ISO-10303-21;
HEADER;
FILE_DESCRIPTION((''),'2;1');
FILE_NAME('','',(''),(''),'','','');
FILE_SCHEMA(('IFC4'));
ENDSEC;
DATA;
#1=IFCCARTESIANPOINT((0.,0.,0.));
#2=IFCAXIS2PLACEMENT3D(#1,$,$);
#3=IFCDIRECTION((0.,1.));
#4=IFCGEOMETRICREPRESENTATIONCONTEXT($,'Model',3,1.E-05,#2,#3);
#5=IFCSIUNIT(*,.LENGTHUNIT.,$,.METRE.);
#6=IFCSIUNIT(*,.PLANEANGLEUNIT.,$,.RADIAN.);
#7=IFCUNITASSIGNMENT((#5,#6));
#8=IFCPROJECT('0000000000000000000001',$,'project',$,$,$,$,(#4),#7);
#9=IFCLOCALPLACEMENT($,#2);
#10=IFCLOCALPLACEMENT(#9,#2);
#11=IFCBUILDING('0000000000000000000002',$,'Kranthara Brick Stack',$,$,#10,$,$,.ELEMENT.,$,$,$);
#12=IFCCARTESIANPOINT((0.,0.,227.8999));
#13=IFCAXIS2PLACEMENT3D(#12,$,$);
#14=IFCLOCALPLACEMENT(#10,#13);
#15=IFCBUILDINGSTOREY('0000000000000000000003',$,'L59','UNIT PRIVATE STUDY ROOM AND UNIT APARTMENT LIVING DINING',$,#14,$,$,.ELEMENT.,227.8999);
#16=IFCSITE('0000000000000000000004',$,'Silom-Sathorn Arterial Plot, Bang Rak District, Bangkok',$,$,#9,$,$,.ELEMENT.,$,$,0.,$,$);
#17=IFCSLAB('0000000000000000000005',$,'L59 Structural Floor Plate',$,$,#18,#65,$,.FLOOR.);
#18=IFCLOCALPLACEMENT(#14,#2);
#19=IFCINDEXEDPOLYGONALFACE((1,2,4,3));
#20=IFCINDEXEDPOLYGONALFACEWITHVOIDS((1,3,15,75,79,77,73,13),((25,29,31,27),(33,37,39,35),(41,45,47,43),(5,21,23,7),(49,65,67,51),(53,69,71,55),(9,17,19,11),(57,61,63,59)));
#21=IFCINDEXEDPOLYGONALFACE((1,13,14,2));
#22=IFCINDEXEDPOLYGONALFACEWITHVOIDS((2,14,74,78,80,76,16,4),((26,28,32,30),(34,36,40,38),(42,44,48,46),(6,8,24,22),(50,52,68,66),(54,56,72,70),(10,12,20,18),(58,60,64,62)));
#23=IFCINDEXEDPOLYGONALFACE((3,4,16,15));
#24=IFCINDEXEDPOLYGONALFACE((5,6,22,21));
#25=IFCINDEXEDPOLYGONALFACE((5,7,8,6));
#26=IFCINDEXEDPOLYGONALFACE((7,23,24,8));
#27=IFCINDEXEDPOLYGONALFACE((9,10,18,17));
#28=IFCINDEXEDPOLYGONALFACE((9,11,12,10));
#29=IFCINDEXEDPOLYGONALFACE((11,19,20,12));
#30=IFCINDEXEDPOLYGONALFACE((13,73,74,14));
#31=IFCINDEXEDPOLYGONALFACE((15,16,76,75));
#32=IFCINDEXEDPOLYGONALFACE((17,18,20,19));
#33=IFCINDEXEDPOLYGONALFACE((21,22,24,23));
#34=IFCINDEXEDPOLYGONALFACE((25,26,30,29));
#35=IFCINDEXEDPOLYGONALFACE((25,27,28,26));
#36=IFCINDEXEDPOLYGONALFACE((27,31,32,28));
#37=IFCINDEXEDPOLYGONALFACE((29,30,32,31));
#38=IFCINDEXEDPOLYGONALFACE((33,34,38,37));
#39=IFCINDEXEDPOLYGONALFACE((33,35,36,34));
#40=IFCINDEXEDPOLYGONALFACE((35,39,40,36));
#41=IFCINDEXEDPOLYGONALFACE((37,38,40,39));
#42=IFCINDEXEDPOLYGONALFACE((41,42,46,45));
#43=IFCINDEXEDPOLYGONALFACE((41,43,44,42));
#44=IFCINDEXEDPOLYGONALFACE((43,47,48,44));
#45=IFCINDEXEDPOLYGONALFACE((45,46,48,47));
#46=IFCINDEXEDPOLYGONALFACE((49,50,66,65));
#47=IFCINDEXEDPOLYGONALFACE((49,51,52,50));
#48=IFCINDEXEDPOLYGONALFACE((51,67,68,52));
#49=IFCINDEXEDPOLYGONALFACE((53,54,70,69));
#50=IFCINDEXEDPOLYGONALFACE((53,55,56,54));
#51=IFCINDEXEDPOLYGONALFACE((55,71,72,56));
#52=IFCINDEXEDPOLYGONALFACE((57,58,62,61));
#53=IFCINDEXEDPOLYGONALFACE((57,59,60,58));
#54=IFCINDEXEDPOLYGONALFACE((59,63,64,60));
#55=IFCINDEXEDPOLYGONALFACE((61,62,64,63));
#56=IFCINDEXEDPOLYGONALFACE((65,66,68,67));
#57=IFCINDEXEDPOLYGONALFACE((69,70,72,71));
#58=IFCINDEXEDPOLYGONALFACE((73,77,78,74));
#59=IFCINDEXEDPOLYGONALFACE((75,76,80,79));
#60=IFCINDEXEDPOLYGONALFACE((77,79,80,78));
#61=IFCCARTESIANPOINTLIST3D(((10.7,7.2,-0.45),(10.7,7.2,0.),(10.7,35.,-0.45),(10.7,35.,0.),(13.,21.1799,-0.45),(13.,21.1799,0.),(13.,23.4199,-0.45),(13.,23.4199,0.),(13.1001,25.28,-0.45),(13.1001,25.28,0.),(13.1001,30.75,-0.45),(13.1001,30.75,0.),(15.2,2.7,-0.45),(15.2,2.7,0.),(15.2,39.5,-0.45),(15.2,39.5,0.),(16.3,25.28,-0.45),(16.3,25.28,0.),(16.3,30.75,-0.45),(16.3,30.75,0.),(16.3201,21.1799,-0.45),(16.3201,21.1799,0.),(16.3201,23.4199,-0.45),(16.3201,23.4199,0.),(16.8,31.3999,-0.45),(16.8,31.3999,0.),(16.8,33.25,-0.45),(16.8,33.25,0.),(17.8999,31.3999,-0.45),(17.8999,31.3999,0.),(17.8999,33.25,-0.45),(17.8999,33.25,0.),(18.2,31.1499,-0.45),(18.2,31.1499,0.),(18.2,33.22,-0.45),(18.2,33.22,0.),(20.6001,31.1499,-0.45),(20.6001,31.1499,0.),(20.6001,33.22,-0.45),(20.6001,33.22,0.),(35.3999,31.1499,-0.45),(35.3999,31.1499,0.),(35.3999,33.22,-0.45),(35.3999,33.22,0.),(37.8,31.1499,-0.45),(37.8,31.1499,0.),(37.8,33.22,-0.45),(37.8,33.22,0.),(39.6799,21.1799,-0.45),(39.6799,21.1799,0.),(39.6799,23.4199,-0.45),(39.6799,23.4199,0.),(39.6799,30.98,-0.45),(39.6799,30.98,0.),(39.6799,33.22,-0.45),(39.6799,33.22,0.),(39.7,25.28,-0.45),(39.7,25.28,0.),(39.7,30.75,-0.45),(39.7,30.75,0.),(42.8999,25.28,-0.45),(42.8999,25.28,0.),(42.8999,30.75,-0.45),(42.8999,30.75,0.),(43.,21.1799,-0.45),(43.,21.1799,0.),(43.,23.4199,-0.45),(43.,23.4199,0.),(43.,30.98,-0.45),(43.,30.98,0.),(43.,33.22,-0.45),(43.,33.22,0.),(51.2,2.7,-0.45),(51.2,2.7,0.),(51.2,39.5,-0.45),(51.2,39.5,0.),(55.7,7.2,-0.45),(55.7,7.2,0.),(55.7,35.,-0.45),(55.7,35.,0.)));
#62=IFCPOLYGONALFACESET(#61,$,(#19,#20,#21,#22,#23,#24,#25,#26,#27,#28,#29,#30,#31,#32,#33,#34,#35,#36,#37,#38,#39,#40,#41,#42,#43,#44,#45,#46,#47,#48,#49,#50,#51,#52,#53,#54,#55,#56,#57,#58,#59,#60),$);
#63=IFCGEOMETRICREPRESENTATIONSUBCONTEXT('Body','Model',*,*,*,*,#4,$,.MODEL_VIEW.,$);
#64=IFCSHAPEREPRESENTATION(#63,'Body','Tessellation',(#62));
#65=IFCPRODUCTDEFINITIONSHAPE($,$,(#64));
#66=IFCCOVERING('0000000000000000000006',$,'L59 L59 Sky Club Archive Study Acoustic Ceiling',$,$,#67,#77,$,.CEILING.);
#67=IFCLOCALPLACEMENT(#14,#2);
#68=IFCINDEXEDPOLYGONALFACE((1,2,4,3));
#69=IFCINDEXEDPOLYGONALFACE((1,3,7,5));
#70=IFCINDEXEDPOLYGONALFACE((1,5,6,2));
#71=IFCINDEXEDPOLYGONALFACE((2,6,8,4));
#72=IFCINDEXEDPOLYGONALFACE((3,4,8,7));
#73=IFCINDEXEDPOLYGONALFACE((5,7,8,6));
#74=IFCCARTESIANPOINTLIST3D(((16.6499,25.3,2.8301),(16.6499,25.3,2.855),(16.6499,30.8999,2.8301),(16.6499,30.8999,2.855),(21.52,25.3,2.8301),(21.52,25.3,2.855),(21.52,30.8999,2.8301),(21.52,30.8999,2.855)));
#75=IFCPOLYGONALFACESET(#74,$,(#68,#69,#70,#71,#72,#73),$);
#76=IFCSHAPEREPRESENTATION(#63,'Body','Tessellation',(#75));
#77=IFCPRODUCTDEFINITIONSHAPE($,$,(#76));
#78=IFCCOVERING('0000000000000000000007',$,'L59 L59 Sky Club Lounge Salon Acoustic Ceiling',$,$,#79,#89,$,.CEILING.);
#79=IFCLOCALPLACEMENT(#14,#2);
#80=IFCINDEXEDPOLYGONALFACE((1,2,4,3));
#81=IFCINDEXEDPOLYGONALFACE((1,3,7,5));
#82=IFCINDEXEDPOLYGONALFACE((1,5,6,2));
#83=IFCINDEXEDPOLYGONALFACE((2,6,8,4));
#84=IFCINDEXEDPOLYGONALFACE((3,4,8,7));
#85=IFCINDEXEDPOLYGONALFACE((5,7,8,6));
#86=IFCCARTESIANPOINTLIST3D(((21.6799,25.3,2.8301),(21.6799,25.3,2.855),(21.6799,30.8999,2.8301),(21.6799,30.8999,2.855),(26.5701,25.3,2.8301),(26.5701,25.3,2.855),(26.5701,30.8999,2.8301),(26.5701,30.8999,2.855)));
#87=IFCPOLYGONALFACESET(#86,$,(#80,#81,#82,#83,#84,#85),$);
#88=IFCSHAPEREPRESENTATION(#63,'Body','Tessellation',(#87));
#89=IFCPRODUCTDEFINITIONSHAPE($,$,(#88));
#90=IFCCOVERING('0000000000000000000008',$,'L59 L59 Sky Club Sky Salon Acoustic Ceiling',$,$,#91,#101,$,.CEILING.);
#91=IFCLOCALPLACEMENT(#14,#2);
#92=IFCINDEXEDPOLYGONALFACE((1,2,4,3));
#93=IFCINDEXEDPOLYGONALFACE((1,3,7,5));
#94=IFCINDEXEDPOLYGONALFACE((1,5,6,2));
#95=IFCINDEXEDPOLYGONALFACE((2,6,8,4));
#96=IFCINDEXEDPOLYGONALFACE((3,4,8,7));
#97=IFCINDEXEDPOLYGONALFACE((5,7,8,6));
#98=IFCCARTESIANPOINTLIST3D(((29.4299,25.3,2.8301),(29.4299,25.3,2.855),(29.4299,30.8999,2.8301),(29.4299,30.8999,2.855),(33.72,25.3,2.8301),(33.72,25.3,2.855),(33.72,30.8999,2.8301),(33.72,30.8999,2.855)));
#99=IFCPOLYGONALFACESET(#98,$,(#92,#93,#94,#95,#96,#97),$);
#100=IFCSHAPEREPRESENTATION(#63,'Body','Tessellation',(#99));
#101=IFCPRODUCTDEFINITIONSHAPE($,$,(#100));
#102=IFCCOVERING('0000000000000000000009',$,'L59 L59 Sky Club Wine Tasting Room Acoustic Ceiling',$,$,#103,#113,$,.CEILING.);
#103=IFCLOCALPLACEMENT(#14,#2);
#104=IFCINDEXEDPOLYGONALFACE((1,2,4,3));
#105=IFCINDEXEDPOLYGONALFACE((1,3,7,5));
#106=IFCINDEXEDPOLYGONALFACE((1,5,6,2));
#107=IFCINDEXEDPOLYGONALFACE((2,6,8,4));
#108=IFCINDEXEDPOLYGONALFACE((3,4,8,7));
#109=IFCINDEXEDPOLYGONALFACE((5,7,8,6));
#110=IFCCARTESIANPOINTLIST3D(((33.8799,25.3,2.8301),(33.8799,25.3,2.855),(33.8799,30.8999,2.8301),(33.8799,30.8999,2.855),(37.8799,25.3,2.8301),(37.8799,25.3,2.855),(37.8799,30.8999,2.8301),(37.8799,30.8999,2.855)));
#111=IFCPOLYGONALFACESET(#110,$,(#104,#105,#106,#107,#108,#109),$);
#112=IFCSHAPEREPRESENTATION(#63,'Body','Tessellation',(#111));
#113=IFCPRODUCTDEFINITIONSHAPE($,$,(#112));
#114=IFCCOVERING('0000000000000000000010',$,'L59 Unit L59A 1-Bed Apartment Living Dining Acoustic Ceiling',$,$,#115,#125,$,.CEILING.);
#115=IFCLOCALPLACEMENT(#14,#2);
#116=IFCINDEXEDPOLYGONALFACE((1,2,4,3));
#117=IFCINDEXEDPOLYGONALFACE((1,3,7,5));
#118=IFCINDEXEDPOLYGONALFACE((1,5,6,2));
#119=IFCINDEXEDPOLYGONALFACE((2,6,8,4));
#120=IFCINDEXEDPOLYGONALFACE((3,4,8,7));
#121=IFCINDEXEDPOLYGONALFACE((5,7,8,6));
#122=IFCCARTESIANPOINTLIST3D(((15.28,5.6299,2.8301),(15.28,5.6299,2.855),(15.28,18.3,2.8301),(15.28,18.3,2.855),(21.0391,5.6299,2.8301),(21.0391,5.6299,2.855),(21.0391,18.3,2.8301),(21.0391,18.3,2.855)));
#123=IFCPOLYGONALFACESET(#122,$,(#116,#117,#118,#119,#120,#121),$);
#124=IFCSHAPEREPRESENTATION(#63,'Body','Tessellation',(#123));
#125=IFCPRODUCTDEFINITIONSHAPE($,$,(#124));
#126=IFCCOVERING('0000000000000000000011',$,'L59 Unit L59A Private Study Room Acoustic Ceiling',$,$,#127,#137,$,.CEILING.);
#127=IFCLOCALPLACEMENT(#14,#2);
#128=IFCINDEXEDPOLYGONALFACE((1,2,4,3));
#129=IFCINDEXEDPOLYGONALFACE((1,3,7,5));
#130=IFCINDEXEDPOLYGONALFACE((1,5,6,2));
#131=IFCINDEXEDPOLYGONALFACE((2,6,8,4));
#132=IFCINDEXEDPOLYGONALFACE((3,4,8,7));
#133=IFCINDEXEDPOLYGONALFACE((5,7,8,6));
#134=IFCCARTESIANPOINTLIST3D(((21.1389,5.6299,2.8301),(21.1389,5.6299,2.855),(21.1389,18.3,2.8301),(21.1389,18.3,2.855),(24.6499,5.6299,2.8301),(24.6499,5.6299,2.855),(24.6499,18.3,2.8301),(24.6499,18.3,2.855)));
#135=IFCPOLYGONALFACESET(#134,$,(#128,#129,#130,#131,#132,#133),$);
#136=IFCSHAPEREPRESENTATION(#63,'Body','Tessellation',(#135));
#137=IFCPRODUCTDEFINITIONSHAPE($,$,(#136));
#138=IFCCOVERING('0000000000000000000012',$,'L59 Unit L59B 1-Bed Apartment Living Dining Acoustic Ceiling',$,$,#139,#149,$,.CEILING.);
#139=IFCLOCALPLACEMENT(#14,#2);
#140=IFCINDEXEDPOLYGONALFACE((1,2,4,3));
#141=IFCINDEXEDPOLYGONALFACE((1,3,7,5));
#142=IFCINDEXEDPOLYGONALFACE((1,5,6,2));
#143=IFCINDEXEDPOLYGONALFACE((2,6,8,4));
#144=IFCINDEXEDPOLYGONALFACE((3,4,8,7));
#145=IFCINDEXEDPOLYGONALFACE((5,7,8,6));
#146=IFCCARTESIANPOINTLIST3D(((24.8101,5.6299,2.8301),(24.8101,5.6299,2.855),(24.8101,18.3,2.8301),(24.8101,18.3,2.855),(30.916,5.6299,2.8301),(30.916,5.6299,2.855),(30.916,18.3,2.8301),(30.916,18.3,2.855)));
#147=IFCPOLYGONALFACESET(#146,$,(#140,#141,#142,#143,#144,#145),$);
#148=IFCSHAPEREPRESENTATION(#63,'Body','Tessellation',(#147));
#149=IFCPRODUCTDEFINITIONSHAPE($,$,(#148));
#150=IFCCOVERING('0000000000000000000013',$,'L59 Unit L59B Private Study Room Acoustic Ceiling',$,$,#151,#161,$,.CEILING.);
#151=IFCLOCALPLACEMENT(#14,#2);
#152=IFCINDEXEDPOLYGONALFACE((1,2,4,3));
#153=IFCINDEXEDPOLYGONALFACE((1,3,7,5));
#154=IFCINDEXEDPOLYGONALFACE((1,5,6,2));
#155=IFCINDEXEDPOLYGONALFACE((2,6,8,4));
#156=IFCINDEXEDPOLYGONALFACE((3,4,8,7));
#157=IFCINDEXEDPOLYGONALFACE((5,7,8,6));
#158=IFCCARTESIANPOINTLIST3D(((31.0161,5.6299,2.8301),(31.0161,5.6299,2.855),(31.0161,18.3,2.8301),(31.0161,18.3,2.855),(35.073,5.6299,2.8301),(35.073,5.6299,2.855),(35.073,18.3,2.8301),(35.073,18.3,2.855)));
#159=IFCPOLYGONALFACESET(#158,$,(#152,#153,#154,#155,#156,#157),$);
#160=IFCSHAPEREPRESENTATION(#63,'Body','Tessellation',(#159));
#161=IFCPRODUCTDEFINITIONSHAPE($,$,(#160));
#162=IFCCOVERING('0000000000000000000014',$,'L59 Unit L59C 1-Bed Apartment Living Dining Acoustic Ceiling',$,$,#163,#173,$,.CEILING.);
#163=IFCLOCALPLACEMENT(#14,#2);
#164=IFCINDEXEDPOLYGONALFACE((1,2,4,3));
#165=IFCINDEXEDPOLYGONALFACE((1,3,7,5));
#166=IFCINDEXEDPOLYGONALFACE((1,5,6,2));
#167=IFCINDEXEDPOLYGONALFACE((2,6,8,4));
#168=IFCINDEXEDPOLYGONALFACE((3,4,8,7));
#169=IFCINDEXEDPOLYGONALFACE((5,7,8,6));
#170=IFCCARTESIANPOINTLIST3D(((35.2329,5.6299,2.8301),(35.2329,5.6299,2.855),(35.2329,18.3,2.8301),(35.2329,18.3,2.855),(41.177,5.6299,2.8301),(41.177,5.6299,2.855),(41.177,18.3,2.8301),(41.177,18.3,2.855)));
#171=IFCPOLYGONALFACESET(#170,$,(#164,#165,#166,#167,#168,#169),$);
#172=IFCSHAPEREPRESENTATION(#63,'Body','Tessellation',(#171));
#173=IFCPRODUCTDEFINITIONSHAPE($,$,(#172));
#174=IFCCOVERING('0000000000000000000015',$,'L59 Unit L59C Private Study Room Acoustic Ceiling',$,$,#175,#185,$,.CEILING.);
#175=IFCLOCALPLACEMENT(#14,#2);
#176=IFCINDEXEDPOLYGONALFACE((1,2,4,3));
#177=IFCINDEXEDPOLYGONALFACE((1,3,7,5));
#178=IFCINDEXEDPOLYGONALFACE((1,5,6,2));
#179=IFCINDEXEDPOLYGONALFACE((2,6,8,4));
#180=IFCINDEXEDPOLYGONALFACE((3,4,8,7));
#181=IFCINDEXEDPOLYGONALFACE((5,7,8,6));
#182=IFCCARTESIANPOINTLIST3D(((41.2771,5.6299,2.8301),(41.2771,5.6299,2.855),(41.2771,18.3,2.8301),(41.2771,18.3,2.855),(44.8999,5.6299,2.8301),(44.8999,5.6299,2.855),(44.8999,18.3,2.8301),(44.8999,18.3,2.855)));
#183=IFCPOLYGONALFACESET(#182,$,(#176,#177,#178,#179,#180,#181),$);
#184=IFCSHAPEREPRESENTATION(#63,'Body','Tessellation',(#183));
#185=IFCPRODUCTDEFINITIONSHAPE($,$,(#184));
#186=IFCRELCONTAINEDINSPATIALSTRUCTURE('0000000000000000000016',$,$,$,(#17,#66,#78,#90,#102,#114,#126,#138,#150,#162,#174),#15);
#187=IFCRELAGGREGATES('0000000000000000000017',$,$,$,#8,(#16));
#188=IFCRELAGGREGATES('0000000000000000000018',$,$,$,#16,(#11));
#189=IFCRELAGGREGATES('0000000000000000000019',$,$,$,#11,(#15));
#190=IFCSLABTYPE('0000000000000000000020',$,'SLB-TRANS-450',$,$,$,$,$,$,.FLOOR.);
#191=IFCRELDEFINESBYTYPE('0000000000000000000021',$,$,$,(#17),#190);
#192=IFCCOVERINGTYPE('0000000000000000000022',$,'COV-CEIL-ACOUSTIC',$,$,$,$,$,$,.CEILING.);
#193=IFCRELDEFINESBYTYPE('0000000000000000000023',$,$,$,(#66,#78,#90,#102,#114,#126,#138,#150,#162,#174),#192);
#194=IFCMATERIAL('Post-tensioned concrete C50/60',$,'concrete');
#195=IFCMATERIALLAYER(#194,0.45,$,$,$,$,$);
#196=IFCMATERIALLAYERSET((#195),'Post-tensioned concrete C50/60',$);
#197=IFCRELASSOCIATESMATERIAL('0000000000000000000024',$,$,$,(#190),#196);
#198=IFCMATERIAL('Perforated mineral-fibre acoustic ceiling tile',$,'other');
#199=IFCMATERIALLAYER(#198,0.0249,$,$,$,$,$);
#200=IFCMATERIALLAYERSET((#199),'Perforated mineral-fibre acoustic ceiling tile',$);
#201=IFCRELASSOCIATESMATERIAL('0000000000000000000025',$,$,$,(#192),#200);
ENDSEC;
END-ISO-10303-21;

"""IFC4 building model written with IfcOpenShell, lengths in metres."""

from ifc_helpers import new_model, si_unit, direction, frame, origin, place, context, subcontext, project, spatial, polyline, outline, extrude, material, layer, layer_set, type_object, element, save


model = new_model("IFC4")

# Units and contexts
model_context = context("Model", 3, precision=1e-05, world=origin(), true_north=direction((0.0, 1.0)))
body_context = subcontext(model_context, "Body", "Model", "MODEL_VIEW")
ifc_project = project(units=[si_unit("LENGTHUNIT", "METRE"), si_unit("PLANEANGLEUNIT", "RADIAN")], contexts=[model_context])

# Site, building, storey
site_placement = place(None, origin())
site = spatial("IfcSite", under=ifc_project, at=site_placement, Name="Silom-Sathorn Arterial Plot, Bang Rak District, Bangkok", CompositionType="ELEMENT", RefElevation=0.0)
building_placement = place(site_placement, origin())
building = spatial("IfcBuilding", under=site, at=building_placement, Name="Kranthara Brick Stack", CompositionType="ELEMENT")
storey_placement = place(building_placement, frame((0.0, 0.0, 227.8999)))
storey = spatial("IfcBuildingStorey", under=building, at=storey_placement, Name="L59", Description="UNIT PRIVATE STUDY ROOM AND UNIT APARTMENT LIVING DINING", CompositionType="ELEMENT", Elevation=227.8999)

# Slab
ifc_material_1 = material(Name="Post-tensioned concrete C50/60", Category="concrete")
ifc_layer_1 = layer(ifc_material_1, 0.45)
ifc_layer_set_1 = layer_set([ifc_layer_1], Name="Post-tensioned concrete C50/60")
slab_type_1 = type_object("IfcSlabType", Name="SLB-TRANS-450", PredefinedType="FLOOR", material=ifc_layer_set_1)
slab_1_placement = place(storey_placement, frame((0.0, 0.0, -0.45)))
element("IfcSlab", 1, at=slab_1_placement, inside=storey, type_object=slab_type_1, Name="L59 Structural Floor Plate", PredefinedType="FLOOR", context=body_context, shape_type="SweptSolid", body=[
    extrude(outline(polyline([(15.2, 2.7), (51.2, 2.7), (55.7, 7.2), (55.7, 35.0), (51.2, 39.5), (15.2, 39.5), (10.7, 35.0), (10.7, 7.2), (15.2, 2.7)]), holes=[polyline([(13.1001, 25.28), (16.3, 25.28), (16.3, 30.75), (13.1001, 30.75), (13.1001, 25.28)]), polyline([(39.7, 25.28), (42.8999, 25.28), (42.8999, 30.75), (39.7, 30.75), (39.7, 25.28)]), polyline([(13.0, 21.1799), (16.3201, 21.1799), (16.3201, 23.4199), (13.0, 23.4199), (13.0, 21.1799)]), polyline([(39.6799, 21.1799), (43.0, 21.1799), (43.0, 23.4199), (39.6799, 23.4199), (39.6799, 21.1799)]), polyline([(39.6799, 30.98), (43.0, 30.98), (43.0, 33.22), (39.6799, 33.22), (39.6799, 30.98)]), polyline([(18.2, 31.1499), (20.6001, 31.1499), (20.6001, 33.22), (18.2, 33.22), (18.2, 31.1499)]), polyline([(35.3999, 31.1499), (37.8, 31.1499), (37.8, 33.22), (35.3999, 33.22), (35.3999, 31.1499)]), polyline([(16.8, 31.3999), (17.8999, 31.3999), (17.8999, 33.25), (16.8, 33.25), (16.8, 31.3999)])]), origin(), (0.0, 0.0, 1.0), 0.45),
])

# Coverings
ifc_material_2 = material(Name="Perforated mineral-fibre acoustic ceiling tile", Category="other")
ifc_layer_2 = layer(ifc_material_2, 0.0249)
ifc_layer_set_2 = layer_set([ifc_layer_2], Name="Perforated mineral-fibre acoustic ceiling tile")
covering_type_1 = type_object("IfcCoveringType", Name="COV-CEIL-ACOUSTIC", PredefinedType="CEILING", material=ifc_layer_set_2)
covering_1_placement = place(storey_placement, frame((0.0, 0.0, 2.8301)))
element("IfcCovering", 2, at=covering_1_placement, inside=storey, type_object=covering_type_1, Name="L59 L59 Sky Club Archive Study Acoustic Ceiling", PredefinedType="CEILING", context=body_context, shape_type="SweptSolid", body=[
    extrude(outline(polyline([(21.52, 25.3), (21.52, 30.8999), (16.6499, 30.8999), (16.6499, 25.3), (21.52, 25.3)])), origin(), (0.0, 0.0, 1.0), 0.0249),
])
covering_2_placement = place(storey_placement, frame((0.0, 0.0, 2.8301)))
element("IfcCovering", 3, at=covering_2_placement, inside=storey, type_object=covering_type_1, Name="L59 L59 Sky Club Lounge Salon Acoustic Ceiling", PredefinedType="CEILING", context=body_context, shape_type="SweptSolid", body=[
    extrude(outline(polyline([(26.5701, 25.3), (26.5701, 30.8999), (21.6799, 30.8999), (21.6799, 25.3), (26.5701, 25.3)])), origin(), (0.0, 0.0, 1.0), 0.0249),
])
covering_3_placement = place(storey_placement, frame((0.0, 0.0, 2.8301)))
element("IfcCovering", 4, at=covering_3_placement, inside=storey, type_object=covering_type_1, Name="L59 L59 Sky Club Sky Salon Acoustic Ceiling", PredefinedType="CEILING", context=body_context, shape_type="SweptSolid", body=[
    extrude(outline(polyline([(33.72, 25.3), (33.72, 30.8999), (29.4299, 30.8999), (29.4299, 25.3), (33.72, 25.3)])), origin(), (0.0, 0.0, 1.0), 0.0249),
])
covering_4_placement = place(storey_placement, frame((0.0, 0.0, 2.8301)))
element("IfcCovering", 5, at=covering_4_placement, inside=storey, type_object=covering_type_1, Name="L59 L59 Sky Club Wine Tasting Room Acoustic Ceiling", PredefinedType="CEILING", context=body_context, shape_type="SweptSolid", body=[
    extrude(outline(polyline([(37.8799, 25.3), (37.8799, 30.8999), (33.8799, 30.8999), (33.8799, 25.3), (37.8799, 25.3)])), origin(), (0.0, 0.0, 1.0), 0.0249),
])
covering_5_placement = place(storey_placement, frame((0.0, 0.0, 2.8301)))
element("IfcCovering", 6, at=covering_5_placement, inside=storey, type_object=covering_type_1, Name="L59 Unit L59A 1-Bed Apartment Living Dining Acoustic Ceiling", PredefinedType="CEILING", context=body_context, shape_type="SweptSolid", body=[
    extrude(outline(polyline([(21.0391, 5.6299), (21.0391, 18.3), (15.28, 18.3), (15.28, 5.6299), (21.0391, 5.6299)])), origin(), (0.0, 0.0, 1.0), 0.0249),
])
covering_6_placement = place(storey_placement, frame((0.0, 0.0, 2.8301)))
element("IfcCovering", 7, at=covering_6_placement, inside=storey, type_object=covering_type_1, Name="L59 Unit L59A Private Study Room Acoustic Ceiling", PredefinedType="CEILING", context=body_context, shape_type="SweptSolid", body=[
    extrude(outline(polyline([(24.6499, 5.6299), (24.6499, 18.3), (21.1389, 18.3), (21.1389, 5.6299), (24.6499, 5.6299)])), origin(), (0.0, 0.0, 1.0), 0.0249),
])
covering_7_placement = place(storey_placement, frame((0.0, 0.0, 2.8301)))
element("IfcCovering", 8, at=covering_7_placement, inside=storey, type_object=covering_type_1, Name="L59 Unit L59B 1-Bed Apartment Living Dining Acoustic Ceiling", PredefinedType="CEILING", context=body_context, shape_type="SweptSolid", body=[
    extrude(outline(polyline([(30.916, 5.6299), (30.916, 18.3), (24.8101, 18.3), (24.8101, 5.6299), (30.916, 5.6299)])), origin(), (0.0, 0.0, 1.0), 0.0249),
])
covering_8_placement = place(storey_placement, frame((0.0, 0.0, 2.8301)))
element("IfcCovering", 9, at=covering_8_placement, inside=storey, type_object=covering_type_1, Name="L59 Unit L59B Private Study Room Acoustic Ceiling", PredefinedType="CEILING", context=body_context, shape_type="SweptSolid", body=[
    extrude(outline(polyline([(35.073, 5.6299), (35.073, 18.3), (31.0161, 18.3), (31.0161, 5.6299), (35.073, 5.6299)])), origin(), (0.0, 0.0, 1.0), 0.0249),
])
covering_9_placement = place(storey_placement, frame((0.0, 0.0, 2.8301)))
element("IfcCovering", 10, at=covering_9_placement, inside=storey, type_object=covering_type_1, Name="L59 Unit L59C 1-Bed Apartment Living Dining Acoustic Ceiling", PredefinedType="CEILING", context=body_context, shape_type="SweptSolid", body=[
    extrude(outline(polyline([(41.177, 5.6299), (41.177, 18.3), (35.2329, 18.3), (35.2329, 5.6299), (41.177, 5.6299)])), origin(), (0.0, 0.0, 1.0), 0.0249),
])
covering_10_placement = place(storey_placement, frame((0.0, 0.0, 2.8301)))
element("IfcCovering", 11, at=covering_10_placement, inside=storey, type_object=covering_type_1, Name="L59 Unit L59C Private Study Room Acoustic Ceiling", PredefinedType="CEILING", context=body_context, shape_type="SweptSolid", body=[
    extrude(outline(polyline([(44.8999, 5.6299), (44.8999, 18.3), (41.2771, 18.3), (41.2771, 5.6299), (44.8999, 5.6299)])), origin(), (0.0, 0.0, 1.0), 0.0249),
])

save(model, "model.ifc")
